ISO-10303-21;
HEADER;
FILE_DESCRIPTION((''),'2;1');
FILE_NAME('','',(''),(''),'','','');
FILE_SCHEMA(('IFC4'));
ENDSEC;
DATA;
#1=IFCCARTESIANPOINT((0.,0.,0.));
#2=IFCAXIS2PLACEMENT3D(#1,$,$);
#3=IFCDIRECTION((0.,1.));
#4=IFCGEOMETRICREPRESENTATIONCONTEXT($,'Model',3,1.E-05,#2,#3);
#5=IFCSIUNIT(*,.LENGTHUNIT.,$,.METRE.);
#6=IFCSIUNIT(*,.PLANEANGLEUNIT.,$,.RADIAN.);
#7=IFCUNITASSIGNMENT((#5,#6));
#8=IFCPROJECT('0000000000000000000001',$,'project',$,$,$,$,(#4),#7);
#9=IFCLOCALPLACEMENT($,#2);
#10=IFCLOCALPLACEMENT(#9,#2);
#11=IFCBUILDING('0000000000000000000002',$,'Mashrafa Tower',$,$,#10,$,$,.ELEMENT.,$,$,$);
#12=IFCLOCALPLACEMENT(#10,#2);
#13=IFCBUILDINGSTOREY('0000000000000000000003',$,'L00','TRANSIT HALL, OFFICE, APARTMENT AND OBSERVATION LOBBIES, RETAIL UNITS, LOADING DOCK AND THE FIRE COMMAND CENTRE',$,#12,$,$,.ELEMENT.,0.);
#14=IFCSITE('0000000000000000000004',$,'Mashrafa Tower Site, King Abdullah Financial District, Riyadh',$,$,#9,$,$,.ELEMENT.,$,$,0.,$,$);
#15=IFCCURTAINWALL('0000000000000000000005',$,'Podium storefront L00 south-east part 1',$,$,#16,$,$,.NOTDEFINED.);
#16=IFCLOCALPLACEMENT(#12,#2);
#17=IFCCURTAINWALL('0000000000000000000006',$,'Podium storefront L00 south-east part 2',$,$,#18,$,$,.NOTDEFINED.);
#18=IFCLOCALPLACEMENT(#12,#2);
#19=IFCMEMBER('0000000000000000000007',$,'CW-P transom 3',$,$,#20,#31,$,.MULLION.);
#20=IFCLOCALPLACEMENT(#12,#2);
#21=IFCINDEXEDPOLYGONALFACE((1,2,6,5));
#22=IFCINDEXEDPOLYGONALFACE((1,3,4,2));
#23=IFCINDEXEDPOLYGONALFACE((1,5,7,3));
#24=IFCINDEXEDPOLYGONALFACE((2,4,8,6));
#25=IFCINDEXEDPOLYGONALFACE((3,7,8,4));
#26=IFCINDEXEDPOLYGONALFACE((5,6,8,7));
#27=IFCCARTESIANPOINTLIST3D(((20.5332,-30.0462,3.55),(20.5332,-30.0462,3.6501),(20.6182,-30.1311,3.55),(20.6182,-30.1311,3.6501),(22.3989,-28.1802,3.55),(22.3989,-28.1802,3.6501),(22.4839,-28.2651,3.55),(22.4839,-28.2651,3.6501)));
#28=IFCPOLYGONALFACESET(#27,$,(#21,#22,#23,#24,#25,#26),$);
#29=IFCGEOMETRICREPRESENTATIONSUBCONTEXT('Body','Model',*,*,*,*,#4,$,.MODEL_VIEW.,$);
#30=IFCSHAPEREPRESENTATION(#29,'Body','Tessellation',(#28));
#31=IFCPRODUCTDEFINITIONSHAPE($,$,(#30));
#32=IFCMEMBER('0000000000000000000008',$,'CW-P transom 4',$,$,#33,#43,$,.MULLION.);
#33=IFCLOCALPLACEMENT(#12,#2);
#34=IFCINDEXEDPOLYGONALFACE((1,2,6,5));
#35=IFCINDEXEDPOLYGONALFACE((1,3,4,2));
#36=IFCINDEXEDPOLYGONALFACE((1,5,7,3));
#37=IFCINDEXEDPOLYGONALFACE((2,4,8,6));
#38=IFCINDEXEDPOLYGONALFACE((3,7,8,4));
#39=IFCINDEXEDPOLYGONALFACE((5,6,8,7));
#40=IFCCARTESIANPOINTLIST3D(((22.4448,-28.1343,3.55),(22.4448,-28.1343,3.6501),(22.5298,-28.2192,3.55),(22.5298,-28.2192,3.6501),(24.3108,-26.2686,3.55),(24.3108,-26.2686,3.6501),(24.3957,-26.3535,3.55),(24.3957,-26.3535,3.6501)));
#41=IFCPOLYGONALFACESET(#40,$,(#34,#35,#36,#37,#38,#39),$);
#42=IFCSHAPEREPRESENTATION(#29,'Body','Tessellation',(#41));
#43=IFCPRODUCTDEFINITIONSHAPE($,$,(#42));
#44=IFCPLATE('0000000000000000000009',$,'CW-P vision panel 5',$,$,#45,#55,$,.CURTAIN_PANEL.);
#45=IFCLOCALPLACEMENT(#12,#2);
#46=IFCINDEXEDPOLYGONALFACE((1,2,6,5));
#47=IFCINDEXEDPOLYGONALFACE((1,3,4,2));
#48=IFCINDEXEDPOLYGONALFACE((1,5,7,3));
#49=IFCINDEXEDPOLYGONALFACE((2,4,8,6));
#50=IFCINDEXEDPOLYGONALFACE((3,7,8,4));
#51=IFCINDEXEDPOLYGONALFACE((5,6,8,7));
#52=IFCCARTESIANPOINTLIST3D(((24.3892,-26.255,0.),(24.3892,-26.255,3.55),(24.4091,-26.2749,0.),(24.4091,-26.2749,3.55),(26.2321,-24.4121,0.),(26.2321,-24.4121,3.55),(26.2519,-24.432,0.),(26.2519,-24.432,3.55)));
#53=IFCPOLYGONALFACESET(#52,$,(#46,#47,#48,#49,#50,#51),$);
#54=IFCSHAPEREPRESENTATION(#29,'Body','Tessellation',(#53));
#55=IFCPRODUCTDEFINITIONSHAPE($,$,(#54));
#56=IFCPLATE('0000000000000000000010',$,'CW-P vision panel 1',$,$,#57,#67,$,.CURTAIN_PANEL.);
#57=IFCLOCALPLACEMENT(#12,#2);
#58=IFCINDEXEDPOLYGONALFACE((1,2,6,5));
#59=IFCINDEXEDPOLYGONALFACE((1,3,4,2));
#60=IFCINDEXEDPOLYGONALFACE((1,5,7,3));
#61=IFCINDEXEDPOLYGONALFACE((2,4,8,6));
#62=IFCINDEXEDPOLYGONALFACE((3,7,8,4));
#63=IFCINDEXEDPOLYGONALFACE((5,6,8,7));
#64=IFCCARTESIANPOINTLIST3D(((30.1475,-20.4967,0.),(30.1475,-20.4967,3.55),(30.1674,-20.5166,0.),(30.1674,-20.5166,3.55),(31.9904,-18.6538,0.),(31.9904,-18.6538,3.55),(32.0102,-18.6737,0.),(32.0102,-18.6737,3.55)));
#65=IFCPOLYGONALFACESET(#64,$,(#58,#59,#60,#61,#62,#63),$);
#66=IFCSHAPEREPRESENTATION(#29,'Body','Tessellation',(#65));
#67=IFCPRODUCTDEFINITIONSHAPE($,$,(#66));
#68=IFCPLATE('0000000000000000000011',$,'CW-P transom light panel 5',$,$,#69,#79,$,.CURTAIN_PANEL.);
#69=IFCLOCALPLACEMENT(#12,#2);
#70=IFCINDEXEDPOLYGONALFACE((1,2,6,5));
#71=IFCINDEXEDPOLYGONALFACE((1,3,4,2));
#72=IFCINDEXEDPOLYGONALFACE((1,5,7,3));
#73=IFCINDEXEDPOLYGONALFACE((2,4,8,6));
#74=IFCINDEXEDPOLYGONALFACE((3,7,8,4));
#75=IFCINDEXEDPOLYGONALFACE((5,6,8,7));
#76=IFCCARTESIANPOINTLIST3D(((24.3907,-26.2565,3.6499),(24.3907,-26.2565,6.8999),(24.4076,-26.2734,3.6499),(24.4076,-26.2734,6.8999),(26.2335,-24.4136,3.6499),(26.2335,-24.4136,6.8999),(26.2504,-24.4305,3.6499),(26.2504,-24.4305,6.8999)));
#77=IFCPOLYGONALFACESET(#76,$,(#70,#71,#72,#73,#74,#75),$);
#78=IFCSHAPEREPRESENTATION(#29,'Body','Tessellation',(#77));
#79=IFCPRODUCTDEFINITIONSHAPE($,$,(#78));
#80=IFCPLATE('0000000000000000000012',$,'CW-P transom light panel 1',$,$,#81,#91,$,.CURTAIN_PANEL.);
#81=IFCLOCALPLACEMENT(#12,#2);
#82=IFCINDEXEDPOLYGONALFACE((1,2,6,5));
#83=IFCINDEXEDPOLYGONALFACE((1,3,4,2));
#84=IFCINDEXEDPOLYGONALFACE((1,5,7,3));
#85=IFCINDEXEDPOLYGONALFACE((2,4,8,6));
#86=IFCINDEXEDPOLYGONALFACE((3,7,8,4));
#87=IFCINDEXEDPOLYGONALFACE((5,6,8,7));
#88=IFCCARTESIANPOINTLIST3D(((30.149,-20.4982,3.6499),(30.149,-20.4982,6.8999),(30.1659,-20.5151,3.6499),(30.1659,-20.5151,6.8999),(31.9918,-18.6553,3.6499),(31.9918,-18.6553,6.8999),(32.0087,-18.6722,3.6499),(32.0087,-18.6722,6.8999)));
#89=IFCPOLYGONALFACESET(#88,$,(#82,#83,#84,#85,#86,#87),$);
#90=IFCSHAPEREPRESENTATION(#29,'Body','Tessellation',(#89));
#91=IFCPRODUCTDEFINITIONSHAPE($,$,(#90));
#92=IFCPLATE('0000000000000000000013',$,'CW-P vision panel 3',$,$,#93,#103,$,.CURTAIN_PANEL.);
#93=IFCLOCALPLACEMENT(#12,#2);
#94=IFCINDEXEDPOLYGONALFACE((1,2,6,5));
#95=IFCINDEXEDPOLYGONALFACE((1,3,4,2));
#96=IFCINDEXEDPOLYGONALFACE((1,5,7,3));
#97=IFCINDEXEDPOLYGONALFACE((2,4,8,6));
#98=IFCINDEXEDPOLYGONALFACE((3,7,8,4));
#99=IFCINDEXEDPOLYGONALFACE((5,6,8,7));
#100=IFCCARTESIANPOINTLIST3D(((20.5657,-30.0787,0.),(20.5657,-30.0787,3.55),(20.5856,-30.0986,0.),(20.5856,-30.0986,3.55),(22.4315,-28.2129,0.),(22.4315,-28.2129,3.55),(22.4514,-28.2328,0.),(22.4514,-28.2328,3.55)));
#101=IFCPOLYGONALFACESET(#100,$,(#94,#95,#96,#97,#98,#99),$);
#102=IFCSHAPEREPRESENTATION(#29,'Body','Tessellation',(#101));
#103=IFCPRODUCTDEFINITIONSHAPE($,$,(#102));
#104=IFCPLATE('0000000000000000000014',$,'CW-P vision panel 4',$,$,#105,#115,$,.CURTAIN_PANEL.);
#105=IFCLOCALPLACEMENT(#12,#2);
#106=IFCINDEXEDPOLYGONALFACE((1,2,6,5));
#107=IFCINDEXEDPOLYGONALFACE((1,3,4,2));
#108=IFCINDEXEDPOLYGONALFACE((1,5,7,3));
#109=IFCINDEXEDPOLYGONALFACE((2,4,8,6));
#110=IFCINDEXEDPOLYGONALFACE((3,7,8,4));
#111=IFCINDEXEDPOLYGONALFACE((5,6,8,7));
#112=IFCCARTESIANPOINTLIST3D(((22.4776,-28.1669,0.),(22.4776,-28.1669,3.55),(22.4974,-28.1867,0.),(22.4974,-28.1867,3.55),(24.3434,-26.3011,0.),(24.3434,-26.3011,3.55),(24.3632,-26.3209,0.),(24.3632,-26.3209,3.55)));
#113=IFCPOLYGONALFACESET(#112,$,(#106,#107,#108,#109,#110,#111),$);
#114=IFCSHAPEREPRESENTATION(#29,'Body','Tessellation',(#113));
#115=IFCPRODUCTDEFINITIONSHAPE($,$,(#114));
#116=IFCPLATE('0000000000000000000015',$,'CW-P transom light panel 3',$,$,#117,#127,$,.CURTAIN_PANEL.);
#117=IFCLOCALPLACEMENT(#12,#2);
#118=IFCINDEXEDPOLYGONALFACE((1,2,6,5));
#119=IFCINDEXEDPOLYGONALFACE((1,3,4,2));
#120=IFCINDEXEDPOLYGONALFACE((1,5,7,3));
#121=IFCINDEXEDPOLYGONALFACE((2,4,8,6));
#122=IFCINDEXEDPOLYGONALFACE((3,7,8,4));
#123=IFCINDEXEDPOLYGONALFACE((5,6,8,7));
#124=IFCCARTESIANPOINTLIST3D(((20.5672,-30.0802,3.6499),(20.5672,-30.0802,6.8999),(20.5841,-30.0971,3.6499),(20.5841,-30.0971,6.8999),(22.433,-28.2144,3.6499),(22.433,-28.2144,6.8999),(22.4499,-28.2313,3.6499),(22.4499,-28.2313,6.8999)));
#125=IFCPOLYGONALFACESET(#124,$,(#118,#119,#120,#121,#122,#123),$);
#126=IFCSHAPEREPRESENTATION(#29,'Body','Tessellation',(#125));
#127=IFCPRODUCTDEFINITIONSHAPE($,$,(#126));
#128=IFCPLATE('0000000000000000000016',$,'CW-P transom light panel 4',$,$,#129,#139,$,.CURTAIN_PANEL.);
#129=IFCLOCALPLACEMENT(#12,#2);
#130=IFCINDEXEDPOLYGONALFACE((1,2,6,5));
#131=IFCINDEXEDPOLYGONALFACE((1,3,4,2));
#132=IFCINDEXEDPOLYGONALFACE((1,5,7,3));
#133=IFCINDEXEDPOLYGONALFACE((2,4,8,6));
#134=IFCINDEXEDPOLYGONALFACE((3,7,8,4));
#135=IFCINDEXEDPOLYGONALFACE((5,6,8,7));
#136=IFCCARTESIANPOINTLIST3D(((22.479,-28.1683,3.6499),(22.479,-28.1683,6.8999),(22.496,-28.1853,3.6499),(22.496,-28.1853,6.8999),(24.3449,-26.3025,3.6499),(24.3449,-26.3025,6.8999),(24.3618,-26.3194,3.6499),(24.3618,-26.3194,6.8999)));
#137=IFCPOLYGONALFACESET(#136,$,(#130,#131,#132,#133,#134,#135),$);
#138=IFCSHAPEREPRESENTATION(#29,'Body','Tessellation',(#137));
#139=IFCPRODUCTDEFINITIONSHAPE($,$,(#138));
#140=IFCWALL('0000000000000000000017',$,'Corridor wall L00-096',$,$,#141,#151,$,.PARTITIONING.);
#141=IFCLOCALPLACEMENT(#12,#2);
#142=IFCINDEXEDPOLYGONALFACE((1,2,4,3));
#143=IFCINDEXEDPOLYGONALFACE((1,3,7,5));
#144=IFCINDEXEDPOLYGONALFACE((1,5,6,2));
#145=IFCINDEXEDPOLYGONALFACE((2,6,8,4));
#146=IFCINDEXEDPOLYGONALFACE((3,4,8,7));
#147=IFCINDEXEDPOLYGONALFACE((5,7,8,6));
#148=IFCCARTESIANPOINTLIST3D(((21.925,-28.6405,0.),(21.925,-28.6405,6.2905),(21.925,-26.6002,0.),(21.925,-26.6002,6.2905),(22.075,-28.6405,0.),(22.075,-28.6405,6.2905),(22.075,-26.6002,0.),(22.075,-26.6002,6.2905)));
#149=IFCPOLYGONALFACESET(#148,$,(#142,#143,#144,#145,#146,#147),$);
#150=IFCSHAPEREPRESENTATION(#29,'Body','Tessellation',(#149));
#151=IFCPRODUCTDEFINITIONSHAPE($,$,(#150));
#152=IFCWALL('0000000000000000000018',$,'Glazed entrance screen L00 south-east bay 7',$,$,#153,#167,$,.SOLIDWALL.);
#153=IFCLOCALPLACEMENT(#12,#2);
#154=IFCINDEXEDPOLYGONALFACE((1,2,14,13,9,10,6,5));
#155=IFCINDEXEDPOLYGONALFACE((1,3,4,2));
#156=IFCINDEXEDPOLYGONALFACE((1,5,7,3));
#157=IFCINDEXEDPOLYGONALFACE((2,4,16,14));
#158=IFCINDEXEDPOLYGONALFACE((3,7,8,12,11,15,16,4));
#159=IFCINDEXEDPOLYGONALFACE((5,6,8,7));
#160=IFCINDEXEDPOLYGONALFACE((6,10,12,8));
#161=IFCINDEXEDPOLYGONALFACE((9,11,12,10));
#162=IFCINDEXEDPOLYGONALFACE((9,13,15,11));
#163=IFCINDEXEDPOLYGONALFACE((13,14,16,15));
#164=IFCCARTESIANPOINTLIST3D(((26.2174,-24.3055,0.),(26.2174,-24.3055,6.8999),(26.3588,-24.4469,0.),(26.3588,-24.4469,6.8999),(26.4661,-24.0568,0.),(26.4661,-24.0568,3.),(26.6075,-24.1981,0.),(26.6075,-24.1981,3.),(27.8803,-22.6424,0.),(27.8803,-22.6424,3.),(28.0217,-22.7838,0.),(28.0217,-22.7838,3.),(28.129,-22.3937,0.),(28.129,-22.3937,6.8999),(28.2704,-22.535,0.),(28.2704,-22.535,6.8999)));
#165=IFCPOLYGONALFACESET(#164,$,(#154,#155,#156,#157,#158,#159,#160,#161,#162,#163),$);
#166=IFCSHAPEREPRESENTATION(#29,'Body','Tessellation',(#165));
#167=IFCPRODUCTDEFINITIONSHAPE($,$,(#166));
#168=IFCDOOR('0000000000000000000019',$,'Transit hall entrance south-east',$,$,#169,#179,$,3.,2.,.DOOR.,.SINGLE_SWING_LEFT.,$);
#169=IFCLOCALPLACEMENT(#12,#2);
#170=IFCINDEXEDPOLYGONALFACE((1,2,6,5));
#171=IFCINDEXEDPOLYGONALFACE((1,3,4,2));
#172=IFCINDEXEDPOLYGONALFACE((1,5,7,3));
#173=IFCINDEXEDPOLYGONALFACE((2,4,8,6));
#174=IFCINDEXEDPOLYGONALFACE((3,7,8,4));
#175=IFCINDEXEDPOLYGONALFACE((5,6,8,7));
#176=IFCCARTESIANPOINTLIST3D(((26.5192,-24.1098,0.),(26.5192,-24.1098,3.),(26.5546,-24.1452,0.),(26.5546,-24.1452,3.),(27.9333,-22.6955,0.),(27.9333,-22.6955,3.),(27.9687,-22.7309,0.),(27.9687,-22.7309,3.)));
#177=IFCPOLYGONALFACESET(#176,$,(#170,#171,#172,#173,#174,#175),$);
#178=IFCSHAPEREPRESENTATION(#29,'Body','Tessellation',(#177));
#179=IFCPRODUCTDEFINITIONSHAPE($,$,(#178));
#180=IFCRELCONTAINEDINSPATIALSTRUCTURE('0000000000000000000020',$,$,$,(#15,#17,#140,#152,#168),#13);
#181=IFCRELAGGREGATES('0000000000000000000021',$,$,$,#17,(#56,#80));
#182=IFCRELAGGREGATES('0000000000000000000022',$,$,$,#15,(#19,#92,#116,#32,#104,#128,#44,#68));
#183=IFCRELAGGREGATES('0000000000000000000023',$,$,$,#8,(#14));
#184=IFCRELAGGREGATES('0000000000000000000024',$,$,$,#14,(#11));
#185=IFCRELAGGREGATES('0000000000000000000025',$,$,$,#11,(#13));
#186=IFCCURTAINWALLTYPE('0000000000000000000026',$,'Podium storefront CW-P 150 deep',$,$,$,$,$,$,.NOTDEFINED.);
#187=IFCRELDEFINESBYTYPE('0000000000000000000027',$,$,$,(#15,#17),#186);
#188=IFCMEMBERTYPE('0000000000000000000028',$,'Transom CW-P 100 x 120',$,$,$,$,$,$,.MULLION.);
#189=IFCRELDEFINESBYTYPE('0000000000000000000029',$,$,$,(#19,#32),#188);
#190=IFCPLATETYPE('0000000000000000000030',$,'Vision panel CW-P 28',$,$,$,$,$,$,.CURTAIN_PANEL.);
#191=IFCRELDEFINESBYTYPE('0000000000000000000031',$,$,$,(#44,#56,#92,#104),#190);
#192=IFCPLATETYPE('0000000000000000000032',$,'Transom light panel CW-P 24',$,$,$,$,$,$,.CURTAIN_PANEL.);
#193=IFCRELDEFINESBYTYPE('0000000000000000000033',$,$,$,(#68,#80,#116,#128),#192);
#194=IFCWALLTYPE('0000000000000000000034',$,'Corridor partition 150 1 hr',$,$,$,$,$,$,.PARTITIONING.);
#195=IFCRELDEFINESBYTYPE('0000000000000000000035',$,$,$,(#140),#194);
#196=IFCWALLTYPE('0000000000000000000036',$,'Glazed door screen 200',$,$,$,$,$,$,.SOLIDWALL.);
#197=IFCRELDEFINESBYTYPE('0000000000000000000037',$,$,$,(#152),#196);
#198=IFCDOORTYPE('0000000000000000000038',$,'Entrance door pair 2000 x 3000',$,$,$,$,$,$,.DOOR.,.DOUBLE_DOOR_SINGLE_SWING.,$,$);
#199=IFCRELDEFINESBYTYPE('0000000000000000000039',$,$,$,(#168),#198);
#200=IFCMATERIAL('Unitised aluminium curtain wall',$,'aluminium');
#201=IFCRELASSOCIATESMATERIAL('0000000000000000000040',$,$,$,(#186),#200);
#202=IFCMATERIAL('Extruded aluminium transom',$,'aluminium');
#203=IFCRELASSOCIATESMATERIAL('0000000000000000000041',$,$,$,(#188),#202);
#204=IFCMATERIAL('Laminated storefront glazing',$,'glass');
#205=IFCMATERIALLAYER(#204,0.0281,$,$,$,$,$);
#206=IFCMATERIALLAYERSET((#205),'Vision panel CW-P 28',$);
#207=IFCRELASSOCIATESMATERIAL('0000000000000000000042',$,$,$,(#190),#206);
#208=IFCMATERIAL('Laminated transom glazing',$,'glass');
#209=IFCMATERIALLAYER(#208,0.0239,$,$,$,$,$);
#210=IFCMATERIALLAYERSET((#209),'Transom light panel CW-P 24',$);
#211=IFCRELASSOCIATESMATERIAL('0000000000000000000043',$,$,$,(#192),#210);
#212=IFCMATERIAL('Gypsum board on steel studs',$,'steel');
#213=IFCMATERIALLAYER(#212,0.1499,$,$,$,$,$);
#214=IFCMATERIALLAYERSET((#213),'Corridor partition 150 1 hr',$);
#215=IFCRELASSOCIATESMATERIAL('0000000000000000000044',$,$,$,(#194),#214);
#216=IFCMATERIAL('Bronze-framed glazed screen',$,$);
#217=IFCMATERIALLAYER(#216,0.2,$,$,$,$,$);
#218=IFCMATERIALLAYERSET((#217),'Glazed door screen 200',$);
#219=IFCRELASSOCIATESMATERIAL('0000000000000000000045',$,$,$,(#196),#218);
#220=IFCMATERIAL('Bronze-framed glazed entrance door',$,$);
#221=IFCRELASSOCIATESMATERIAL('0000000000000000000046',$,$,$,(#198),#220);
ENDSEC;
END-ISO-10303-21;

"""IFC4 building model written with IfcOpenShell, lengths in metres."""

from ifc_helpers import new_model, si_unit, direction, frame, frame_2d, origin, origin_2d, place, context, subcontext, project, spatial, rectangle, extrude, source, transform, mapped, material, layer, layer_set, material_profile, profile_set, type_object, type_shapes, element, fill, aggregate, save


model = new_model("IFC4")

# Units and contexts
model_context = context("Model", 3, precision=1e-05, world=origin(), true_north=direction((0.0, 1.0)))
body_context = subcontext(model_context, "Body", "Model", "MODEL_VIEW")
ifc_project = project(units=[si_unit("LENGTHUNIT", "METRE"), si_unit("PLANEANGLEUNIT", "RADIAN")], contexts=[model_context])

# Site, building, storey
site_placement = place(None, origin())
site = spatial("IfcSite", under=ifc_project, at=site_placement, Name="Mashrafa Tower Site, King Abdullah Financial District, Riyadh", CompositionType="ELEMENT", RefElevation=0.0)
building_placement = place(site_placement, origin())
building = spatial("IfcBuilding", under=site, at=building_placement, Name="Mashrafa Tower", CompositionType="ELEMENT")
storey_placement = place(building_placement, origin())
storey = spatial("IfcBuildingStorey", under=building, at=storey_placement, Name="L00", Description="TRANSIT HALL, OFFICE, APARTMENT AND OBSERVATION LOBBIES, RETAIL UNITS, LOADING DOCK AND THE FIRE COMMAND CENTRE", CompositionType="ELEMENT", Elevation=0.0)

# Curtain wall
ifc_material_1 = material(Name="Unitised aluminium curtain wall", Category="aluminium")
curtain_wall_type = type_object("IfcCurtainWallType", Name="Podium storefront CW-P 150 deep", PredefinedType="NOTDEFINED", material=ifc_material_1)
curtain_wall_1_placement = place(storey_placement, origin())
curtain_wall_1 = element("IfcCurtainWall", 1, at=curtain_wall_1_placement, inside=storey, type_object=curtain_wall_type, Name="Podium storefront L00 south-east part 1", PredefinedType="NOTDEFINED")

# Curtain wall
curtain_wall_2_placement = place(storey_placement, origin())
curtain_wall_2 = element("IfcCurtainWall", 2, at=curtain_wall_2_placement, inside=storey, type_object=curtain_wall_type, Name="Podium storefront L00 south-east part 2", PredefinedType="NOTDEFINED")

# Members
ifc_material_2 = material(Name="Extruded aluminium transom", Category="aluminium")
ifc_material_profile_1 = material_profile(ifc_material_2, rectangle(XDim=0.1201, YDim=0.1001, at=origin_2d()), Name="Transom 100x120")
ifc_profile_set_1 = profile_set([ifc_material_profile_1], Name="Extruded aluminium transom")
member_type_1 = type_object("IfcMemberType", Name="Transom CW-P 100 x 120", PredefinedType="MULLION", material=ifc_profile_set_1)
shared_shape_1 = source(origin(), body_context, "Body", "SweptSolid", [
    extrude(rectangle(XDim=0.1201, YDim=0.1001, at=origin_2d()), origin(), (0.0, 0.0, 1.0), 2.6387),
])
member_1_placement = place(storey_placement, frame((20.5757, -30.0886, 3.6001), z_axis=(0.707061, 0.707153, 0.0), x_axis=(-0.707153, 0.707061, 0.0)))
member_1 = element("IfcMember", 3, at=member_1_placement, type_object=member_type_1, Name="CW-P transom 3", PredefinedType="MULLION", context=body_context, shape_type="MappedRepresentation", body=[
    mapped(shared_shape_1, transform((0.0, 0.0, 0.0))),
])
member_2_placement = place(storey_placement, frame((22.4873, -28.1768, 3.6001), z_axis=(0.707153, 0.707061, 0.0), x_axis=(-0.707061, 0.707153, 0.0)))
member_2 = element("IfcMember", 4, at=member_2_placement, type_object=member_type_1, Name="CW-P transom 4", PredefinedType="MULLION", context=body_context, shape_type="MappedRepresentation", body=[
    mapped(shared_shape_1, transform((0.0, 0.0, 0.0))),
])

# Plates
ifc_material_3 = material(Name="Laminated storefront glazing", Category="glass")
ifc_layer_1 = layer(ifc_material_3, 0.0281)
ifc_layer_set_1 = layer_set([ifc_layer_1], Name="Vision panel CW-P 28")
plate_type_1 = type_object("IfcPlateType", Name="Vision panel CW-P 28", PredefinedType="CURTAIN_PANEL", material=ifc_layer_set_1)
shared_shape_2 = source(origin(), body_context, "Body", "SweptSolid", [
    extrude(rectangle(XDim=2.6062, YDim=0.0281, at=origin_2d()), origin(), (0.0, 0.0, 1.0), 3.55),
])
plate_1_placement = place(storey_placement, frame((25.3206, -25.3435, 0.0), z_axis=(0.0, 0.0, 1.0), x_axis=(0.707107, 0.707107, 0.0)))
plate_1 = element("IfcPlate", 5, at=plate_1_placement, type_object=plate_type_1, Name="CW-P vision panel 5", PredefinedType="CURTAIN_PANEL", context=body_context, shape_type="MappedRepresentation", body=[
    mapped(shared_shape_2, transform((0.0, 0.0, 0.0))),
])
plate_2_placement = place(storey_placement, frame((31.0789, -19.5852, 0.0), z_axis=(0.0, 0.0, 1.0), x_axis=(0.707107, 0.707107, 0.0)))
plate_2 = element("IfcPlate", 6, at=plate_2_placement, type_object=plate_type_1, Name="CW-P vision panel 1", PredefinedType="CURTAIN_PANEL", context=body_context, shape_type="MappedRepresentation", body=[
    mapped(shared_shape_2, transform((0.0, 0.0, 0.0))),
])
ifc_material_4 = material(Name="Laminated transom glazing", Category="glass")
ifc_layer_2 = layer(ifc_material_4, 0.0239)
ifc_layer_set_2 = layer_set([ifc_layer_2], Name="Transom light panel CW-P 24")
plate_type_2 = type_object("IfcPlateType", Name="Transom light panel CW-P 24", PredefinedType="CURTAIN_PANEL", material=ifc_layer_set_2)
shared_shape_3 = source(origin(), body_context, "Body", "SweptSolid", [
    extrude(rectangle(XDim=2.6062, YDim=0.0239, at=origin_2d()), origin(), (0.0, 0.0, 1.0), 3.25),
])
plate_3_placement = place(storey_placement, frame((25.3206, -25.3435, 3.6499), z_axis=(0.0, 0.0, 1.0), x_axis=(0.707107, 0.707107, 0.0)))
plate_3 = element("IfcPlate", 7, at=plate_3_placement, type_object=plate_type_2, Name="CW-P transom light panel 5", PredefinedType="CURTAIN_PANEL", context=body_context, shape_type="MappedRepresentation", body=[
    mapped(shared_shape_3, transform((0.0, 0.0, 0.0))),
])
plate_4_placement = place(storey_placement, frame((31.0789, -19.5852, 3.6499), z_axis=(0.0, 0.0, 1.0), x_axis=(0.707107, 0.707107, 0.0)))
plate_4 = element("IfcPlate", 8, at=plate_4_placement, type_object=plate_type_2, Name="CW-P transom light panel 1", PredefinedType="CURTAIN_PANEL", context=body_context, shape_type="MappedRepresentation", body=[
    mapped(shared_shape_3, transform((0.0, 0.0, 0.0))),
])
aggregate(curtain_wall_2, [plate_2, plate_4])
shared_shape_4 = source(origin(), body_context, "Body", "SweptSolid", [
    extrude(rectangle(XDim=2.6387, YDim=0.0281, at=origin_2d()), origin(), (0.0, 0.0, 1.0), 3.55),
])
type_shapes(plate_type_1, [shared_shape_2, shared_shape_4])
plate_5_placement = place(storey_placement, frame((21.5085, -29.1558, 0.0), z_axis=(0.0, 0.0, 1.0), x_axis=(0.707107, 0.707107, 0.0)))
plate_5 = element("IfcPlate", 9, at=plate_5_placement, type_object=plate_type_1, Name="CW-P vision panel 3", PredefinedType="CURTAIN_PANEL", context=body_context, shape_type="MappedRepresentation", body=[
    mapped(shared_shape_4, transform((0.0, 0.0, 0.0))),
])
plate_6_placement = place(storey_placement, frame((23.4204, -27.2439, 0.0), z_axis=(0.0, 0.0, 1.0), x_axis=(0.707107, 0.707107, 0.0)))
plate_6 = element("IfcPlate", 10, at=plate_6_placement, type_object=plate_type_1, Name="CW-P vision panel 4", PredefinedType="CURTAIN_PANEL", context=body_context, shape_type="MappedRepresentation", body=[
    mapped(shared_shape_4, transform((0.0, 0.0, 0.0))),
])
shared_shape_5 = source(origin(), body_context, "Body", "SweptSolid", [
    extrude(rectangle(XDim=2.6387, YDim=0.0239, at=origin_2d()), origin(), (0.0, 0.0, 1.0), 3.25),
])
type_shapes(plate_type_2, [shared_shape_3, shared_shape_5])
plate_7_placement = place(storey_placement, frame((21.5085, -29.1558, 3.6499), z_axis=(0.0, 0.0, 1.0), x_axis=(0.707107, 0.707107, 0.0)))
plate_7 = element("IfcPlate", 11, at=plate_7_placement, type_object=plate_type_2, Name="CW-P transom light panel 3", PredefinedType="CURTAIN_PANEL", context=body_context, shape_type="MappedRepresentation", body=[
    mapped(shared_shape_5, transform((0.0, 0.0, 0.0))),
])
plate_8_placement = place(storey_placement, frame((23.4204, -27.2439, 3.6499), z_axis=(0.0, 0.0, 1.0), x_axis=(0.707107, 0.707107, 0.0)))
plate_8 = element("IfcPlate", 12, at=plate_8_placement, type_object=plate_type_2, Name="CW-P transom light panel 4", PredefinedType="CURTAIN_PANEL", context=body_context, shape_type="MappedRepresentation", body=[
    mapped(shared_shape_5, transform((0.0, 0.0, 0.0))),
])
aggregate(curtain_wall_1, [member_1, plate_5, plate_7, member_2, plate_6, plate_8, plate_1, plate_3])

# Wall
ifc_material_5 = material(Name="Gypsum board on steel studs", Category="steel")
ifc_layer_3 = layer(ifc_material_5, 0.1499)
ifc_layer_set_3 = layer_set([ifc_layer_3], Name="Corridor partition 150 1 hr")
wall_type_1 = type_object("IfcWallType", Name="Corridor partition 150 1 hr", PredefinedType="PARTITIONING", material=ifc_layer_set_3)
wall_1_placement = place(storey_placement, frame((22.0, -28.6404, 0.0), z_axis=(0.0, 0.0, 1.0), x_axis=(0.0, 1.0, 0.0)))
element("IfcWall", 13, at=wall_1_placement, inside=storey, type_object=wall_type_1, Name="Corridor wall L00-096", PredefinedType="PARTITIONING", context=body_context, shape_type="SweptSolid", body=[
    extrude(rectangle(XDim=2.0403, YDim=0.1499, at=frame_2d((1.02, 0.0))), origin(), (0.0, 0.0, 1.0), 6.2905),
])

# Wall, opening, door
ifc_material_6 = material(Name="Bronze-framed glazed screen")
ifc_layer_4 = layer(ifc_material_6, 0.2)
ifc_layer_set_4 = layer_set([ifc_layer_4], Name="Glazed door screen 200")
wall_type_2 = type_object("IfcWallType", Name="Glazed door screen 200", PredefinedType="SOLIDWALL", material=ifc_layer_set_4)
wall_2_placement = place(storey_placement, frame((26.2881, -24.3762, 0.0), z_axis=(0.0, 0.0, 1.0), x_axis=(0.707062, 0.707152, 0.0)))
wall_2 = element("IfcWall", 14, at=wall_2_placement, inside=storey, type_object=wall_type_2, Name="Glazed entrance screen L00 south-east bay 7", PredefinedType="SOLIDWALL", context=body_context, shape_type="SweptSolid", body=[
    extrude(rectangle(XDim=2.7036, YDim=0.2, at=frame_2d((1.3518, 0.0))), origin(), (0.0, 0.0, 1.0), 6.8999),
])
opening_1_placement = place(wall_2_placement, frame((0.3518, 0.0, 0.0)))
opening_1 = element("IfcOpeningElement", 15, at=opening_1_placement, cuts=wall_2, PredefinedType="OPENING", context=body_context, shape_type="SweptSolid", body=[
    extrude(rectangle(XDim=2.0, YDim=3.0, at=frame_2d((1.0, 1.5))), frame((0.0, 0.1099, 0.0), z_axis=(0.0, -1.0, 0.0), x_axis=(1.0, 0.0, 0.0)), (0.0, 0.0, 1.0), 0.22),
])
ifc_material_7 = material(Name="Bronze-framed glazed entrance door")
door_type_1 = type_object("IfcDoorType", Name="Entrance door pair 2000 x 3000", OperationType="DOUBLE_DOOR_SINGLE_SWING", PredefinedType="DOOR", material=ifc_material_7)
door_1_placement = place(opening_1_placement, origin())
door_1 = element("IfcDoor", 16, at=door_1_placement, inside=storey, type_object=door_type_1, Name="Transit hall entrance south-east", OperationType="SINGLE_SWING_LEFT", OverallHeight=3.0, OverallWidth=2.0, PredefinedType="DOOR", context=body_context, shape_type="SweptSolid", body=[
    extrude(rectangle(XDim=2.0, YDim=3.0, at=frame_2d((1.0, 1.5))), frame((0.0, 0.0249, 0.0), z_axis=(0.0, -1.0, 0.0), x_axis=(1.0, 0.0, 0.0)), (0.0, 0.0, 1.0), 0.05),
])
fill(opening_1, door_1)

save(model, "model.ifc")
